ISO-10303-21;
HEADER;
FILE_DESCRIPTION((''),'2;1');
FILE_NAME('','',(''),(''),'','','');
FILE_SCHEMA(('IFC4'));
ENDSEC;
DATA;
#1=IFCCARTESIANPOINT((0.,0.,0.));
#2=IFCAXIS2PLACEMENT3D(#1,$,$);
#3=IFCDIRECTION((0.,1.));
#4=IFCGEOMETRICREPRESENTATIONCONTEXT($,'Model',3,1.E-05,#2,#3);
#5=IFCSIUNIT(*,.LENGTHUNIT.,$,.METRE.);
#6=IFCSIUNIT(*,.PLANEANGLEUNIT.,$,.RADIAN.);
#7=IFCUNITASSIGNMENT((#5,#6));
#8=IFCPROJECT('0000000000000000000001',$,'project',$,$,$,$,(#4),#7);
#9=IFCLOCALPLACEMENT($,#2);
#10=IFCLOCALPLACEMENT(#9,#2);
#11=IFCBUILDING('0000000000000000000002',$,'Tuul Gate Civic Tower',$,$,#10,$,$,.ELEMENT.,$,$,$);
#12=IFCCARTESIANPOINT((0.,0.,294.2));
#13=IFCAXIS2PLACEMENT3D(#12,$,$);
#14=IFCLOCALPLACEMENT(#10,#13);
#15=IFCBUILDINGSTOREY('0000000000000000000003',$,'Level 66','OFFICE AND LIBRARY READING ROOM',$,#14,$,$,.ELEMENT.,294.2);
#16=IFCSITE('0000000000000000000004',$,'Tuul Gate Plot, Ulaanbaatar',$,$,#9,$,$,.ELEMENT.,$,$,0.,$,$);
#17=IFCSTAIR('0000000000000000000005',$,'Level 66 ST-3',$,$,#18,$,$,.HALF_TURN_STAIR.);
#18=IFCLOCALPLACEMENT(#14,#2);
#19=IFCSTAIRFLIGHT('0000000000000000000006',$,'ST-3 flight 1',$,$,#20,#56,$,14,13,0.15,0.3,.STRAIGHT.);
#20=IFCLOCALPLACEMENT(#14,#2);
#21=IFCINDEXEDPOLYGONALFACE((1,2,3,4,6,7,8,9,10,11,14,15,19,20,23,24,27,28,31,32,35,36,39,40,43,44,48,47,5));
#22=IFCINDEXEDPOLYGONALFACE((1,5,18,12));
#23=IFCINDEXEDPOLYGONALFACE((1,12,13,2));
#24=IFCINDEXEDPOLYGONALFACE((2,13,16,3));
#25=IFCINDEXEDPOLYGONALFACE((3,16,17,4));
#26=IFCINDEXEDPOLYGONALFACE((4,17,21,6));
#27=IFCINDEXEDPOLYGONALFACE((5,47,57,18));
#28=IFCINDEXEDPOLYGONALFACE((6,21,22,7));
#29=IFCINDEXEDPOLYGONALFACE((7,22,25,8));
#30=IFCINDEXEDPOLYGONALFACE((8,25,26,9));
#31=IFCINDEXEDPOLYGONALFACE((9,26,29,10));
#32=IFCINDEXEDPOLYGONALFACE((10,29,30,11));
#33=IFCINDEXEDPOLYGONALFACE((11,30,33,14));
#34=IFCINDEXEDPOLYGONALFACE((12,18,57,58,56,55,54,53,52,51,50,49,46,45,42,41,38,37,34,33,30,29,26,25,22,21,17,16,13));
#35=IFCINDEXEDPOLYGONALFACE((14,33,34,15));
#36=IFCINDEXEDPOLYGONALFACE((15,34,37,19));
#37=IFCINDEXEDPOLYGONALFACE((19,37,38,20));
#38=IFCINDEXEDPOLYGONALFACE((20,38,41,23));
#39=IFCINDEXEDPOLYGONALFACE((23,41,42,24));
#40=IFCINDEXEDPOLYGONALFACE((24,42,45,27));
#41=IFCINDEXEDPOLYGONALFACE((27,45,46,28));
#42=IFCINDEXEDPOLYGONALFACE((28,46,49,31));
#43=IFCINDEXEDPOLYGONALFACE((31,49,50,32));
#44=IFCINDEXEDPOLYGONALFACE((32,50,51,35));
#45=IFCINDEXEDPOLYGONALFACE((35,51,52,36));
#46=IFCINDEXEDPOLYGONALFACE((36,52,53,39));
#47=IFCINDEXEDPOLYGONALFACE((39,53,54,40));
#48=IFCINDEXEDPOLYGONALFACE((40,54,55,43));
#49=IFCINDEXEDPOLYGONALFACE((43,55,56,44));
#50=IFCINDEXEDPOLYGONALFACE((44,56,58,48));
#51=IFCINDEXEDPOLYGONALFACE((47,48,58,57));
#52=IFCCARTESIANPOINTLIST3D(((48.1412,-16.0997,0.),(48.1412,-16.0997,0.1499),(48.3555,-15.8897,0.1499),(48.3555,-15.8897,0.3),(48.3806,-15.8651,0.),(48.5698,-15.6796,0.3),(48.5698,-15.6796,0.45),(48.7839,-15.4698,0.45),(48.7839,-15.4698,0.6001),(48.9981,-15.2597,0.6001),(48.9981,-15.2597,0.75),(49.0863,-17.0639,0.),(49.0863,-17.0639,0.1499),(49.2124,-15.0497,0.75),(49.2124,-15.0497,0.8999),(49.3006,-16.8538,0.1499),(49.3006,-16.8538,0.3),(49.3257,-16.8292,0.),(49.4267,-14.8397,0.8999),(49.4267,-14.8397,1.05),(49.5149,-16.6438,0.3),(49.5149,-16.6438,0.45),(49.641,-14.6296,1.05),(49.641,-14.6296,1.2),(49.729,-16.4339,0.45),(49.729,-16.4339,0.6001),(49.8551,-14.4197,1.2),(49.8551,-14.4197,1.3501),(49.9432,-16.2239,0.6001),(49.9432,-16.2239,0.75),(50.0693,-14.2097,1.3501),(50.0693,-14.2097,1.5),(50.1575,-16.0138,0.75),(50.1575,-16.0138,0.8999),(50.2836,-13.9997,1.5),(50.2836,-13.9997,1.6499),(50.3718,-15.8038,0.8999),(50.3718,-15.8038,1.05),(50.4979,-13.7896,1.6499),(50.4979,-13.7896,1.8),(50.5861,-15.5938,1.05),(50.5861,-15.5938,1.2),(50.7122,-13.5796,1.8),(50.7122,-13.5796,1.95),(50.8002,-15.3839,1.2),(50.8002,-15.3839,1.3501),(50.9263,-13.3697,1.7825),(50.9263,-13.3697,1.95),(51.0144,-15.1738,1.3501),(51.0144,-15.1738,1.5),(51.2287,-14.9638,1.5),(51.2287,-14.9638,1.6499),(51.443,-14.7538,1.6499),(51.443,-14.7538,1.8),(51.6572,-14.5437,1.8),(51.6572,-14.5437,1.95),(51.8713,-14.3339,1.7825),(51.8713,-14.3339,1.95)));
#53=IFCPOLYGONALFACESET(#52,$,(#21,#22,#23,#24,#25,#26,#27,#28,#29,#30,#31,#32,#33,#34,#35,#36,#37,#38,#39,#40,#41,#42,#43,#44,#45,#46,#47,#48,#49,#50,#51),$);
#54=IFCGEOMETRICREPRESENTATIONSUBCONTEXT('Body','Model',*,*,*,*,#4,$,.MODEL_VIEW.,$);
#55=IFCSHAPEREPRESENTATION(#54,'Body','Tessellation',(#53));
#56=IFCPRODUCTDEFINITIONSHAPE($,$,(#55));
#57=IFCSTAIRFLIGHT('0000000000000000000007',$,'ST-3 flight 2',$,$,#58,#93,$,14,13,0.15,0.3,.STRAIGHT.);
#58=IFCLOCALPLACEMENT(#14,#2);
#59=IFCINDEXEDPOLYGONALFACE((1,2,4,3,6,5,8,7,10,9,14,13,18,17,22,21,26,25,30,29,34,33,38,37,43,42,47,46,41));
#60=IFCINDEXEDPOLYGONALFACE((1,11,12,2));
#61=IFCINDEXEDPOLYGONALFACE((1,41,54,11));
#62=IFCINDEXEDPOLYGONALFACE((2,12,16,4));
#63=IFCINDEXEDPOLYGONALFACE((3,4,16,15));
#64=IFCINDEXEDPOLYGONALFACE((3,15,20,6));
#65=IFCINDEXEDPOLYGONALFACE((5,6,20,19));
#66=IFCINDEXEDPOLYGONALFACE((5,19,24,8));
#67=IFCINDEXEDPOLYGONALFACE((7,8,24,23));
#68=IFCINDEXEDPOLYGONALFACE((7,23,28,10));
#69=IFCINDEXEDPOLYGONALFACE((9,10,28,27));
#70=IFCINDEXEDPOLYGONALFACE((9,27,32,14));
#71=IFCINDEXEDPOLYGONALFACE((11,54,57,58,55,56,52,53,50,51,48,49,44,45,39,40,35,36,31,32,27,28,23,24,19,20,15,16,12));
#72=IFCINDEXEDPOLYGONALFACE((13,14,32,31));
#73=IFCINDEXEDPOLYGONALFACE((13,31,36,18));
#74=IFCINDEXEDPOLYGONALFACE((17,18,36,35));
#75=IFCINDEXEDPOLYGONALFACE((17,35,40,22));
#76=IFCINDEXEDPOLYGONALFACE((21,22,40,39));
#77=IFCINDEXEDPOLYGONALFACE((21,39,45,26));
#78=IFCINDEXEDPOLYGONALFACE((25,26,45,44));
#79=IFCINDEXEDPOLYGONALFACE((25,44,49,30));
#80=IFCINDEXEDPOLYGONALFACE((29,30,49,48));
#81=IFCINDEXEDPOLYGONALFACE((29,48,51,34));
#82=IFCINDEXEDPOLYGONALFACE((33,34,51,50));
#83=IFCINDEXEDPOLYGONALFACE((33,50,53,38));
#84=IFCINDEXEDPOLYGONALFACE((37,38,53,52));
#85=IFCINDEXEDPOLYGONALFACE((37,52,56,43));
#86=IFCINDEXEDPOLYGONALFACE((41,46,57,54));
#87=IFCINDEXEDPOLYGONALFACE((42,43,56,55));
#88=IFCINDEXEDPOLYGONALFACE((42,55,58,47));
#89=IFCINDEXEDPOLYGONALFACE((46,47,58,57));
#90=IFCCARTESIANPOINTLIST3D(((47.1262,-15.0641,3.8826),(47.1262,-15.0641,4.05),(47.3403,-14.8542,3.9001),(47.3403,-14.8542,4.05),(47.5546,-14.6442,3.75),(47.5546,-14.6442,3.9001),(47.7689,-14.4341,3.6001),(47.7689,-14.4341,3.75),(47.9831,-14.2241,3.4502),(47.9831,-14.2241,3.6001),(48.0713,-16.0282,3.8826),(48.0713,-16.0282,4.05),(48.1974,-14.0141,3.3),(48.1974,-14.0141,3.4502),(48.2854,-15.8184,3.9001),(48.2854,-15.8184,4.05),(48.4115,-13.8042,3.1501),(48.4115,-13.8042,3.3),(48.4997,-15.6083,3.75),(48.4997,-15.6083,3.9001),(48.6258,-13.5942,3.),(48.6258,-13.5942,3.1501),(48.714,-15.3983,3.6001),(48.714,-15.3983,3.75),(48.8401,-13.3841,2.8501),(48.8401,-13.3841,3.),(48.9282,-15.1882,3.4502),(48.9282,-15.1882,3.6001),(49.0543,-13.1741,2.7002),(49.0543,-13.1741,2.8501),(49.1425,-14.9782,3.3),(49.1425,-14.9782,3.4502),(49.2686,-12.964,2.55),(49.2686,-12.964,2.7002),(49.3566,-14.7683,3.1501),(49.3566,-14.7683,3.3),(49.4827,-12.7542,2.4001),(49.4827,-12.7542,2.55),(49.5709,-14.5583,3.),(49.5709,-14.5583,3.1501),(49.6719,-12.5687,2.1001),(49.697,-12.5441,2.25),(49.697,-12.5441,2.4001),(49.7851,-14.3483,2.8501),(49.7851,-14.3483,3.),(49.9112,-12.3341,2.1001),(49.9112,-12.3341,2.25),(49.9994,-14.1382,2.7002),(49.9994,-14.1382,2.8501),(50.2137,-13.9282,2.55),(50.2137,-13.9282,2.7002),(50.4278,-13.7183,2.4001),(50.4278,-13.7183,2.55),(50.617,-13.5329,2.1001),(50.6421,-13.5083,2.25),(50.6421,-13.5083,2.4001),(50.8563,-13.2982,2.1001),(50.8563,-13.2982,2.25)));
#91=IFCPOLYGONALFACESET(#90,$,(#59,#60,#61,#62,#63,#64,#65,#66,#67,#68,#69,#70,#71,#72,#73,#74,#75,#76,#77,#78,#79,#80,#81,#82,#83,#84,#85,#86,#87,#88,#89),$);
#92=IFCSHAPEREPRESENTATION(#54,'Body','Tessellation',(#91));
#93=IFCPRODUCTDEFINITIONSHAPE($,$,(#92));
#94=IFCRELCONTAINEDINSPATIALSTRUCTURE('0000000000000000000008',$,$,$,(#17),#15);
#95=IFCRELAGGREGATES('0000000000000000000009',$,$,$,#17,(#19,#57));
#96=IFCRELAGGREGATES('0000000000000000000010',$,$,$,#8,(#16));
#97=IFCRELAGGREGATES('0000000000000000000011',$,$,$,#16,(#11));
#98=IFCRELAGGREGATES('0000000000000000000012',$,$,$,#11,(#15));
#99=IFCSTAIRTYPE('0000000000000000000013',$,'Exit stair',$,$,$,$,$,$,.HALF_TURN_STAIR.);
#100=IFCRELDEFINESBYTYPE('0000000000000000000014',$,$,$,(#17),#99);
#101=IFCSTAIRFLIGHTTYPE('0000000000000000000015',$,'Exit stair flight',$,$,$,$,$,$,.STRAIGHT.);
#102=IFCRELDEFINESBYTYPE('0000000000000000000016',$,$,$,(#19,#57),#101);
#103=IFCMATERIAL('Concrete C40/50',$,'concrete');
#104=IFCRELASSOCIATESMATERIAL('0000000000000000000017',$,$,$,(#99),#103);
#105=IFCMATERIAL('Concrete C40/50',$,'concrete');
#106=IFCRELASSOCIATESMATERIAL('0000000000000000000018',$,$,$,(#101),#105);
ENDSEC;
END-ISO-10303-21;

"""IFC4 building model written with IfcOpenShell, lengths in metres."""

from ifc_helpers import new_model, si_unit, direction, frame, origin, place, context, subcontext, project, spatial, polyline, outline, extrude, material, type_object, element, aggregate, save


model = new_model("IFC4")

# Units and contexts
model_context = context("Model", 3, precision=1e-05, world=origin(), true_north=direction((0.0, 1.0)))
body_context = subcontext(model_context, "Body", "Model", "MODEL_VIEW")
ifc_project = project(units=[si_unit("LENGTHUNIT", "METRE"), si_unit("PLANEANGLEUNIT", "RADIAN")], contexts=[model_context])

# Site, building, storey
site_placement = place(None, origin())
site = spatial("IfcSite", under=ifc_project, at=site_placement, Name="Tuul Gate Plot, Ulaanbaatar", CompositionType="ELEMENT", RefElevation=0.0)
building_placement = place(site_placement, origin())
building = spatial("IfcBuilding", under=site, at=building_placement, Name="Tuul Gate Civic Tower", CompositionType="ELEMENT")
storey_placement = place(building_placement, frame((0.0, 0.0, 294.2)))
storey = spatial("IfcBuildingStorey", under=building, at=storey_placement, Name="Level 66", Description="OFFICE AND LIBRARY READING ROOM", CompositionType="ELEMENT", Elevation=294.2)

# Stair, stair flights
ifc_material_1 = material(Name="Concrete C40/50", Category="concrete")
stair_type = type_object("IfcStairType", Name="Exit stair", PredefinedType="HALF_TURN_STAIR", material=ifc_material_1)
stair_placement = place(storey_placement, origin())
stair = element("IfcStair", 1, at=stair_placement, inside=storey, type_object=stair_type, Name="Level 66 ST-3", PredefinedType="HALF_TURN_STAIR")
ifc_material_2 = material(Name="Concrete C40/50", Category="concrete")
stair_flight_type = type_object("IfcStairFlightType", Name="Exit stair flight", PredefinedType="STRAIGHT", material=ifc_material_2)
stair_flight_1_placement = place(storey_placement, frame((48.6138, -16.5818, 0.0), z_axis=(0.0, 0.0, 1.0), x_axis=(0.714127, 0.700016, 0.0)))
stair_flight_1 = element("IfcStairFlight", 2, at=stair_flight_1_placement, type_object=stair_flight_type, Name="ST-3 flight 1", NumberOfRisers=14, NumberOfTreads=13, PredefinedType="STRAIGHT", RiserHeight=0.15, TreadLength=0.3, context=body_context, shape_type="SweptSolid", body=[
    extrude(outline(polyline([(0.0, 0.0), (0.0, 0.1499), (0.3, 0.1499), (0.3, 0.3), (0.6001, 0.3), (0.6001, 0.45), (0.8999, 0.45), (0.8999, 0.6001), (1.2, 0.6001), (1.2, 0.75), (1.5, 0.75), (1.5, 0.8999), (1.8, 0.8999), (1.8, 1.05), (2.1001, 1.05), (2.1001, 1.2), (2.3999, 1.2), (2.3999, 1.3501), (2.7, 1.3501), (2.7, 1.5), (3.0, 1.5), (3.0, 1.6499), (3.3, 1.6499), (3.3, 1.8), (3.6001, 1.8), (3.6001, 1.95), (3.8999, 1.95), (3.8999, 2.1001), (3.8999, 1.7825), (0.3352, 0.0), (0.0, 0.0)])), frame((0.0, 0.675, 0.0), z_axis=(0.0, -1.0, 0.0), x_axis=(1.0, 0.0, 0.0)), (0.0, 0.0, 1.0), 1.3501),
])
stair_flight_2_placement = place(storey_placement, frame((50.3838, -12.8162, 2.1001), z_axis=(0.0, 0.0, 1.0), x_axis=(-0.714127, -0.700016, 0.0)))
stair_flight_2 = element("IfcStairFlight", 3, at=stair_flight_2_placement, type_object=stair_flight_type, Name="ST-3 flight 2", NumberOfRisers=14, NumberOfTreads=13, PredefinedType="STRAIGHT", RiserHeight=0.15, TreadLength=0.3, context=body_context, shape_type="SweptSolid", body=[
    extrude(outline(polyline([(0.0, 0.0), (0.0, 0.1499), (0.3, 0.1499), (0.3, 0.3), (0.6001, 0.3), (0.6001, 0.45), (0.8999, 0.45), (0.8999, 0.6001), (1.2, 0.6001), (1.2, 0.75), (1.5, 0.75), (1.5, 0.8999), (1.8, 0.8999), (1.8, 1.05), (2.1001, 1.05), (2.1001, 1.2), (2.3999, 1.2), (2.3999, 1.3501), (2.7, 1.3501), (2.7, 1.5), (3.0, 1.5), (3.0, 1.6499), (3.3, 1.6499), (3.3, 1.8), (3.6001, 1.8), (3.6001, 1.95), (3.8999, 1.95), (3.8999, 2.1001), (3.8999, 1.7825), (0.3352, 0.0), (0.0, 0.0)])), frame((0.0, 0.675, 0.0), z_axis=(0.0, -1.0, 0.0), x_axis=(1.0, 0.0, 0.0)), (0.0, 0.0, 1.0), 1.3501),
])
aggregate(stair, [stair_flight_1, stair_flight_2])

save(model, "model.ifc")
